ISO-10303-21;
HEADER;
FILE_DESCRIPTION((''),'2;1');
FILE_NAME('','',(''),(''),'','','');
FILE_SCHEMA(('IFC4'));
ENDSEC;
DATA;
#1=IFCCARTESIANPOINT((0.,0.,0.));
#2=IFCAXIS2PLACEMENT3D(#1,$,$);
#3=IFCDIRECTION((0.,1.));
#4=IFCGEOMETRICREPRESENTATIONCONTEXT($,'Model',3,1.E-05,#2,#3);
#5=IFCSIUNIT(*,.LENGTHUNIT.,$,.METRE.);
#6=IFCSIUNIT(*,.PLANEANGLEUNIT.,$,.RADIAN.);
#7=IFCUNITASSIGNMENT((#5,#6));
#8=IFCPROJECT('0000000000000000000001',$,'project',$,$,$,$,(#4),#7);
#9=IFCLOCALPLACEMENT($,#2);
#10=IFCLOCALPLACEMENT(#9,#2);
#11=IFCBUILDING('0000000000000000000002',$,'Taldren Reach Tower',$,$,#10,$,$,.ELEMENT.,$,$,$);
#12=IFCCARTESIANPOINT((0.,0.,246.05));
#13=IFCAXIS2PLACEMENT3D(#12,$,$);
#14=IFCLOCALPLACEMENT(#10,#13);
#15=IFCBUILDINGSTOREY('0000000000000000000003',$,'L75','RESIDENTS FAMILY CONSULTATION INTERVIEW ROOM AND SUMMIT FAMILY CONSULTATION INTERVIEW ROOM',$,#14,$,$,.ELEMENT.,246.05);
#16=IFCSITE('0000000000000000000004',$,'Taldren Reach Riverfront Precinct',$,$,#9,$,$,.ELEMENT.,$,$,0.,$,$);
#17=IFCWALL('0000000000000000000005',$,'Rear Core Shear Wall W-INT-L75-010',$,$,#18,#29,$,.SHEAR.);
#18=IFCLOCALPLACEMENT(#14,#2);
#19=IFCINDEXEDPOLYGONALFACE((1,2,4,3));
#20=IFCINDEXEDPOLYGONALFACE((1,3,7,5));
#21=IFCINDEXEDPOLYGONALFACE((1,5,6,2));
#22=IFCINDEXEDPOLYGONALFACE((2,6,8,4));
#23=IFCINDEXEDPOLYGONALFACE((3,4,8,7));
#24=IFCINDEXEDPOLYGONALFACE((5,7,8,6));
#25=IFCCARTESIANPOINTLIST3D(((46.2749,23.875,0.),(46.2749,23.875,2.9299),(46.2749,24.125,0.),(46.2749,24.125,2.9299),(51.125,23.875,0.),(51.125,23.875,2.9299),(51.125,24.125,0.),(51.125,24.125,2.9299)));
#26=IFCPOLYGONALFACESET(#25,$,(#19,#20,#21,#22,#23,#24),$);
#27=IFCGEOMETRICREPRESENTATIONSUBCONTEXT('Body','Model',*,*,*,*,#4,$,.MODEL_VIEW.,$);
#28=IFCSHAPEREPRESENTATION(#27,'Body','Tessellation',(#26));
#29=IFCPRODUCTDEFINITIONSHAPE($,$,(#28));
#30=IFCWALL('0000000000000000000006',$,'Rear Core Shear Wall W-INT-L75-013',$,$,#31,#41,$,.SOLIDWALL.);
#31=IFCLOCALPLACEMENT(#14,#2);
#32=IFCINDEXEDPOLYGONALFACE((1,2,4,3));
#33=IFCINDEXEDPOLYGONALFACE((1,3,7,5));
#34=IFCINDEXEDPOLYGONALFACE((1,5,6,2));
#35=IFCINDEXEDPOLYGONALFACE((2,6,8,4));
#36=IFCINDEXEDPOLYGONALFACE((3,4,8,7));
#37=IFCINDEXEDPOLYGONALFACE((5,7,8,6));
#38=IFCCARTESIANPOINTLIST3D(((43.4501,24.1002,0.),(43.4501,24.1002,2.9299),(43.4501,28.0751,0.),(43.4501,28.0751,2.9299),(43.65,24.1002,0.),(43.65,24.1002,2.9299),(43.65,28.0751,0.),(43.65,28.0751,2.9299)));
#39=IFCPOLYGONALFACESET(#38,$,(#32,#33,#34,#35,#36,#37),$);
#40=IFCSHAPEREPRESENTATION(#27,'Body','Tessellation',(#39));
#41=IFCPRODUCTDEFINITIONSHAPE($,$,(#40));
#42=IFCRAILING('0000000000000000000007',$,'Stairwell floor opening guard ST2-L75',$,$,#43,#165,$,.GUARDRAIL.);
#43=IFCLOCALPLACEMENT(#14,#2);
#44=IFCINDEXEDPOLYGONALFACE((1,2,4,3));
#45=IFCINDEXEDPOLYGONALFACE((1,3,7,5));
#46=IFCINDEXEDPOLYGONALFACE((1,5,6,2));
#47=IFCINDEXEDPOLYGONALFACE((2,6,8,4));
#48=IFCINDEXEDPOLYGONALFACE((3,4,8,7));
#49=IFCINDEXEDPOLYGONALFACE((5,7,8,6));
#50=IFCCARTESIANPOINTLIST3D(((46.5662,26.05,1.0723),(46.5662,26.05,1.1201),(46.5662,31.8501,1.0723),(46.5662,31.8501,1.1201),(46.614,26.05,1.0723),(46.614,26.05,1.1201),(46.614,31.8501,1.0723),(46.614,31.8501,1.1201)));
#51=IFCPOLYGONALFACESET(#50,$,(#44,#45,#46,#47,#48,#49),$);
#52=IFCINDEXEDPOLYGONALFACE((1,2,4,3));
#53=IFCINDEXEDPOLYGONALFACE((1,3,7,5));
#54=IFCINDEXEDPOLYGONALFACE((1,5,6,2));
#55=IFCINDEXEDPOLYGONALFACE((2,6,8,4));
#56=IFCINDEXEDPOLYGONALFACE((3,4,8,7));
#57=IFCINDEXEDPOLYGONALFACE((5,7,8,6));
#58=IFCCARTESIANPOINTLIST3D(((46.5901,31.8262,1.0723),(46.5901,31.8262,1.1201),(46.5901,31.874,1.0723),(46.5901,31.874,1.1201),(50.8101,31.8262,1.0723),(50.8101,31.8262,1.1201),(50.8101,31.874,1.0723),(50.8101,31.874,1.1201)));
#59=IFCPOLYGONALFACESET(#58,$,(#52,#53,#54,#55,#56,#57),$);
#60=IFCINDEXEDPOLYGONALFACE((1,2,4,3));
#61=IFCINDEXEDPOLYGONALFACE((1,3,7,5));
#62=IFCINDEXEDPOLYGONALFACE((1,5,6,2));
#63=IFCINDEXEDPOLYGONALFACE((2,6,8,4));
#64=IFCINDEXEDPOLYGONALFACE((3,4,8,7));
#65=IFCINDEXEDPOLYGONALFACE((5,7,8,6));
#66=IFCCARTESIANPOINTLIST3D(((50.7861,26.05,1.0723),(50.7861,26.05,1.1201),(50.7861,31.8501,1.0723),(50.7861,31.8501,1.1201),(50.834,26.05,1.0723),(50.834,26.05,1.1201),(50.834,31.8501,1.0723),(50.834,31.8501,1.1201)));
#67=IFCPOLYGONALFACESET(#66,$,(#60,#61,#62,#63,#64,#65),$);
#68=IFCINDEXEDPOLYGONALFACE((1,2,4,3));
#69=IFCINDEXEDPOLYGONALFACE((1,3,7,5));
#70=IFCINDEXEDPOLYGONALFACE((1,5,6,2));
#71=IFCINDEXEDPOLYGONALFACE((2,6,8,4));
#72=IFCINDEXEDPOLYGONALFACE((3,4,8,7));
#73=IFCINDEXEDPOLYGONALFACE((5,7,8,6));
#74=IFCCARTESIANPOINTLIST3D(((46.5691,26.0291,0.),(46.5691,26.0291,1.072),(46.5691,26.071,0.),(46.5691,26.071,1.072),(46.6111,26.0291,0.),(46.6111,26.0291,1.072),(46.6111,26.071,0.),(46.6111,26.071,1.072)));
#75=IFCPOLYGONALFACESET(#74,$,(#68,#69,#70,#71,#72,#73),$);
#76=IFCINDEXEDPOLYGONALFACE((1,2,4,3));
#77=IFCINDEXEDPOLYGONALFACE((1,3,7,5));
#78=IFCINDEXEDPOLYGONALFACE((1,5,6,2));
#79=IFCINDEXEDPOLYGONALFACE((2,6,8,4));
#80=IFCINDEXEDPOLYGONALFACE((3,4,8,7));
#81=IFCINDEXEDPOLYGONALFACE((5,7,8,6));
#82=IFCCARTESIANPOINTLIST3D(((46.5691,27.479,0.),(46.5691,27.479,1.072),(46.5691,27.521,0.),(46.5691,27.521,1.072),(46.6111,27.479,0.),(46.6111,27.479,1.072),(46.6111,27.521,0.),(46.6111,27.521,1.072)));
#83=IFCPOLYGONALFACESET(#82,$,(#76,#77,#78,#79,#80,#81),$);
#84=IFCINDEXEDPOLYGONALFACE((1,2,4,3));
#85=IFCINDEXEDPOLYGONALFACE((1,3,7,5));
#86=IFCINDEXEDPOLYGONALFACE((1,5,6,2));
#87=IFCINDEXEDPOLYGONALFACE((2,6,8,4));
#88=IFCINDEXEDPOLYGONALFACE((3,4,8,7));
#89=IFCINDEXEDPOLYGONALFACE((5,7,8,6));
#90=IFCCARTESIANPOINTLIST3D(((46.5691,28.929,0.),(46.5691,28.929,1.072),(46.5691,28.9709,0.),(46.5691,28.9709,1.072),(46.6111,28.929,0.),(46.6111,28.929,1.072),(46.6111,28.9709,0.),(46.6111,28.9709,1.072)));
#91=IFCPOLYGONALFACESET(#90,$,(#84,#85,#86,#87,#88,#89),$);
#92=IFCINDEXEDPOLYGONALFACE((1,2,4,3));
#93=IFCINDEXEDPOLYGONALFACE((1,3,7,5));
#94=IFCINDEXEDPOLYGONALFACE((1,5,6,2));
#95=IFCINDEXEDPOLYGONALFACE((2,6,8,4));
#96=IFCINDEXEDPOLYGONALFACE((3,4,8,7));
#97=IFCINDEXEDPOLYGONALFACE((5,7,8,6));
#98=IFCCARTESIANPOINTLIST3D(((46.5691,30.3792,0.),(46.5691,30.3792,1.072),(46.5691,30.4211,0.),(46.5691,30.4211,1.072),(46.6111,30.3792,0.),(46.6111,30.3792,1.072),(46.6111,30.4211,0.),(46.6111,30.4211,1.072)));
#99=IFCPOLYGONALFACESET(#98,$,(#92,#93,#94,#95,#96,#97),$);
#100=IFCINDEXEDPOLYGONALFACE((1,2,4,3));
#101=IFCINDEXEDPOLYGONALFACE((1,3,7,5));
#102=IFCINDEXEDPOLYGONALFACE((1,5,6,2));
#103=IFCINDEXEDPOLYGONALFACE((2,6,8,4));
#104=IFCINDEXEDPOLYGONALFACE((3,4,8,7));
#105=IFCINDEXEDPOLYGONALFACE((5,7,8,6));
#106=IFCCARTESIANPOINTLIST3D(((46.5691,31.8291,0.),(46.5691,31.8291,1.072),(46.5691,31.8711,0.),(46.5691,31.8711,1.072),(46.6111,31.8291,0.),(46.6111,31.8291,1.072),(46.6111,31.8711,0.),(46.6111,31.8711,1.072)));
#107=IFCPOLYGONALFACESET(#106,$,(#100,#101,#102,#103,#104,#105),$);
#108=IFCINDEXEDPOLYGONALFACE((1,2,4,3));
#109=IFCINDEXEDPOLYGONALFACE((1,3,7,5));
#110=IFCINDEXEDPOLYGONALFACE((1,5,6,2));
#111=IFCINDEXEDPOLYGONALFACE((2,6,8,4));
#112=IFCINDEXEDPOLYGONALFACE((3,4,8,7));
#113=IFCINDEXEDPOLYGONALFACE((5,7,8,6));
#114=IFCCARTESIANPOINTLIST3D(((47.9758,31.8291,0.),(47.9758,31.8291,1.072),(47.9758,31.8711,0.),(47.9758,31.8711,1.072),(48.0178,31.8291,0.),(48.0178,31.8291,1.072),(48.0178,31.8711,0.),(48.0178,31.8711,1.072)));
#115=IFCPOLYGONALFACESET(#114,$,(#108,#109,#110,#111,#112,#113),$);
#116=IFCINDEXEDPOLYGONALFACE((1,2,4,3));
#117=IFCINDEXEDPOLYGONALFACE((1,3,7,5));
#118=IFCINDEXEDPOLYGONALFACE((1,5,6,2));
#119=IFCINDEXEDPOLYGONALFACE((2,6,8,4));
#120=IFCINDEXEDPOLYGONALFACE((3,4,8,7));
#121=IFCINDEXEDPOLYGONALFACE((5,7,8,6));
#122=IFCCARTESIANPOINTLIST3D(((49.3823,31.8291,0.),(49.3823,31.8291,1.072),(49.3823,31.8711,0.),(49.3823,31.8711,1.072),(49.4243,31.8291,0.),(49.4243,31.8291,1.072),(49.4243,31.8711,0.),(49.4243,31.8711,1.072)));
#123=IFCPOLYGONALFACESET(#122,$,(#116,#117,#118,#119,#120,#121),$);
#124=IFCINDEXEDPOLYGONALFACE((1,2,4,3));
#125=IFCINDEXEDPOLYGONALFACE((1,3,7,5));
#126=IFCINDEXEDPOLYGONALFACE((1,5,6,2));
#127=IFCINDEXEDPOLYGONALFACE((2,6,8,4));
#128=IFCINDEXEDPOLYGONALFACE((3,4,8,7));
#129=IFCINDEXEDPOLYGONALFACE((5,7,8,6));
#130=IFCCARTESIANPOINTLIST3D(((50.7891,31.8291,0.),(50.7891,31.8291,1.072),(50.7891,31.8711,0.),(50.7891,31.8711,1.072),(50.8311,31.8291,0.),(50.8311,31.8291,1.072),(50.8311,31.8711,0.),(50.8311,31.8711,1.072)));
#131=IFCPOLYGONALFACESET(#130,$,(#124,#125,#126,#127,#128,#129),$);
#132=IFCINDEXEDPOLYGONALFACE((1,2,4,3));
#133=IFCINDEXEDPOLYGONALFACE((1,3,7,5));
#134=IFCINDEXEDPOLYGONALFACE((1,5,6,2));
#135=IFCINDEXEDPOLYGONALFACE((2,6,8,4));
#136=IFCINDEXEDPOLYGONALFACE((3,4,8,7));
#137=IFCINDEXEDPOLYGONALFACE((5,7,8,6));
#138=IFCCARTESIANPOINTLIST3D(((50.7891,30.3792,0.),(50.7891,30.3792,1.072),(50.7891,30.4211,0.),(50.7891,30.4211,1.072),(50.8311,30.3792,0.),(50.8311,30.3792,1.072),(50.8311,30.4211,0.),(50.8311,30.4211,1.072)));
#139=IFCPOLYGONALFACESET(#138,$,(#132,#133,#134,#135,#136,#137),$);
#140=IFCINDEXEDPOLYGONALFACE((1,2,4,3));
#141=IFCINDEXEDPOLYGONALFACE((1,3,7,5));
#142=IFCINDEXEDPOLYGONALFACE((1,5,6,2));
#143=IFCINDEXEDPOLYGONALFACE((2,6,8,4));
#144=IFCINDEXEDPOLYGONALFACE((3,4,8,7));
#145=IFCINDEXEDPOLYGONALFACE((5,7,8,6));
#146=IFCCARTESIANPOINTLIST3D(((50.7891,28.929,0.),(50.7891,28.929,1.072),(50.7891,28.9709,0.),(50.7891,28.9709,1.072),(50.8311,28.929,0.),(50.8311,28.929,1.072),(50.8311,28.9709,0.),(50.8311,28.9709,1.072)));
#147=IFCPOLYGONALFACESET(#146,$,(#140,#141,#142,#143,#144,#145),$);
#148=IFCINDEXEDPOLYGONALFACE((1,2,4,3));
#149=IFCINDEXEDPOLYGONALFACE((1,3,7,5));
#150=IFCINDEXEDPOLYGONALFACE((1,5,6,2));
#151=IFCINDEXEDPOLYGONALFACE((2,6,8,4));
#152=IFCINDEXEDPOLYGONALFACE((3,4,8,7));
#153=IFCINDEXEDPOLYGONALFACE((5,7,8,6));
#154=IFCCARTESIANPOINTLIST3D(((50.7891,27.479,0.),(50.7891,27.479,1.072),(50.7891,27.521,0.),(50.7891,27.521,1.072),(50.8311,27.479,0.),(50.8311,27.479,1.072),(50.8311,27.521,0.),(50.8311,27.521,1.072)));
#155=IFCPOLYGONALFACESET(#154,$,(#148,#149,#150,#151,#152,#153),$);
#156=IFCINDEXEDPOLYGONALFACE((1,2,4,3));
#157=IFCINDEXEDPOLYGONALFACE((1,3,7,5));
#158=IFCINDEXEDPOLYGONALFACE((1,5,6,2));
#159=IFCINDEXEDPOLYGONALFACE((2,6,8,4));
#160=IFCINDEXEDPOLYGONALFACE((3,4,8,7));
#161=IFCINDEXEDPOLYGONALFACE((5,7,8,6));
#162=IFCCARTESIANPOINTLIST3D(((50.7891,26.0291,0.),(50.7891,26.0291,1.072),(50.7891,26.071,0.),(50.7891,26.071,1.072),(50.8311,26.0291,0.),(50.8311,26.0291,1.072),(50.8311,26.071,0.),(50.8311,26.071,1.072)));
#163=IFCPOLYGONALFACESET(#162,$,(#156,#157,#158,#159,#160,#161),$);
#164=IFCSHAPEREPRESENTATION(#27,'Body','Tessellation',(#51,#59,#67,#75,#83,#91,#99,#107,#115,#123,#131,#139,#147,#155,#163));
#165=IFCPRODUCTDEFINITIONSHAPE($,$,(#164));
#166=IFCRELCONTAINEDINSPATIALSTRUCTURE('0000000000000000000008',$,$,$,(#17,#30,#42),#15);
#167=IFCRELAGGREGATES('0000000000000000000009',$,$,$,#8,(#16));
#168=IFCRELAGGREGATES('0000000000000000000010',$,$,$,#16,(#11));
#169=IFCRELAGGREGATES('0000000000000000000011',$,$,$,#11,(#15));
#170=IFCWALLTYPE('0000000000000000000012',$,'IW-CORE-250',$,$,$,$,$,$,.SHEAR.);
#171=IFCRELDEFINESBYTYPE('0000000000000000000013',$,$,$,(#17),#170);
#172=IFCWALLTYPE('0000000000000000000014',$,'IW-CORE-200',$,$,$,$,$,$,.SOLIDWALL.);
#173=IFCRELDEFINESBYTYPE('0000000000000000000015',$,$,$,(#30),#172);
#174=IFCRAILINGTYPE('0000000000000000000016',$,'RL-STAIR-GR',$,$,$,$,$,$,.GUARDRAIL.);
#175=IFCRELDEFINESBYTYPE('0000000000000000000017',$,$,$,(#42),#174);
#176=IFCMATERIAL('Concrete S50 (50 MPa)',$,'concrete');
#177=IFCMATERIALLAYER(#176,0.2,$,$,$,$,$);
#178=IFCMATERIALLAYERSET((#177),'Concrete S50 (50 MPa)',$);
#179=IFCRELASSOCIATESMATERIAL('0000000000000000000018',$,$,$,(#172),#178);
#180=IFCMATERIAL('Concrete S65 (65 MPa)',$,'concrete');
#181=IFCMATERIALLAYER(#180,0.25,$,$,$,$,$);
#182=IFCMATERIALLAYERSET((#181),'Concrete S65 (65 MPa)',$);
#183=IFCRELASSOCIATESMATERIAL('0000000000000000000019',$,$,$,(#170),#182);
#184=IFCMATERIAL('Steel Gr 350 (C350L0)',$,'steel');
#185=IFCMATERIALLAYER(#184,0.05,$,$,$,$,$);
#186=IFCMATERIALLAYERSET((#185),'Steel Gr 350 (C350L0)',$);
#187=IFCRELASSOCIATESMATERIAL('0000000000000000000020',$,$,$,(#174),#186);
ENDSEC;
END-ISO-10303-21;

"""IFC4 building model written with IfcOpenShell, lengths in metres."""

from ifc_helpers import new_model, si_unit, direction, frame, frame_2d, origin, origin_2d, place, context, subcontext, project, spatial, rectangle, extrude, source, transform, mapped, material, layer, layer_set, type_object, element, save


model = new_model("IFC4")

# Units and contexts
model_context = context("Model", 3, precision=1e-05, world=origin(), true_north=direction((0.0, 1.0)))
body_context = subcontext(model_context, "Body", "Model", "MODEL_VIEW")
ifc_project = project(units=[si_unit("LENGTHUNIT", "METRE"), si_unit("PLANEANGLEUNIT", "RADIAN")], contexts=[model_context])

# Site, building, storey
site_placement = place(None, origin())
site = spatial("IfcSite", under=ifc_project, at=site_placement, Name="Taldren Reach Riverfront Precinct", CompositionType="ELEMENT", RefElevation=0.0)
building_placement = place(site_placement, origin())
building = spatial("IfcBuilding", under=site, at=building_placement, Name="Taldren Reach Tower", CompositionType="ELEMENT")
storey_placement = place(building_placement, frame((0.0, 0.0, 246.05)))
storey = spatial("IfcBuildingStorey", under=building, at=storey_placement, Name="L75", Description="RESIDENTS FAMILY CONSULTATION INTERVIEW ROOM AND SUMMIT FAMILY CONSULTATION INTERVIEW ROOM", CompositionType="ELEMENT", Elevation=246.05)

# Shared definitions
ifc_material_1 = material(Name="Steel Gr 350 (C350L0)", Category="steel")

# Shared definitions
ifc_material_2 = material(Name="Concrete S50 (50 MPa)", Category="concrete")
ifc_layer_1 = layer(ifc_material_2, 0.2)
ifc_layer_set_1 = layer_set([ifc_layer_1], Name="Concrete S50 (50 MPa)")
wall_type_1 = type_object("IfcWallType", Name="IW-CORE-200", PredefinedType="SOLIDWALL", material=ifc_layer_set_1)

# Shared definitions
ifc_material_3 = material(Name="Concrete S65 (65 MPa)", Category="concrete")
ifc_layer_2 = layer(ifc_material_3, 0.25)
ifc_layer_set_2 = layer_set([ifc_layer_2], Name="Concrete S65 (65 MPa)")
wall_type_2 = type_object("IfcWallType", Name="IW-CORE-250", PredefinedType="SHEAR", material=ifc_layer_set_2)

# Wall
shared_shape_1 = source(origin(), body_context, "Body", "SweptSolid", [
    extrude(rectangle(XDim=4.8501, YDim=0.25, at=frame_2d((2.425, 0.0))), origin(), (0.0, 0.0, 1.0), 2.9299),
])
wall_1_placement = place(storey_placement, frame((46.2749, 24.0, 0.0), z_axis=(0.0, 0.0, 1.0), x_axis=(1.0, 0.0, 0.0)))
element("IfcWall", 1, at=wall_1_placement, inside=storey, type_object=wall_type_2, Name="Rear Core Shear Wall W-INT-L75-010", PredefinedType="SHEAR", context=body_context, shape_type="MappedRepresentation", body=[
    mapped(shared_shape_1, transform((0.0, 0.0, 0.0), scale=1.0)),
])

# Wall
shared_shape_2 = source(origin(), body_context, "Body", "SweptSolid", [
    extrude(rectangle(XDim=3.9749, YDim=0.2, at=frame_2d((1.9873, 0.0))), origin(), (0.0, 0.0, 1.0), 2.9299),
])
wall_2_placement = place(storey_placement, frame((43.55, 28.075, 0.0), z_axis=(0.0, 0.0, 1.0), x_axis=(0.0, -1.0, 0.0)))
element("IfcWall", 2, at=wall_2_placement, inside=storey, type_object=wall_type_1, Name="Rear Core Shear Wall W-INT-L75-013", PredefinedType="SOLIDWALL", context=body_context, shape_type="MappedRepresentation", body=[
    mapped(shared_shape_2, transform((0.0, 0.0, 0.0), scale=1.0)),
])

# Railing
ifc_layer_3 = layer(ifc_material_1, 0.05)
ifc_layer_set_3 = layer_set([ifc_layer_3], Name="Steel Gr 350 (C350L0)")
railing_type = type_object("IfcRailingType", Name="RL-STAIR-GR", PredefinedType="GUARDRAIL", material=ifc_layer_set_3)
railing_placement = place(storey_placement, frame((46.5901, 26.05, 0.0)))
element("IfcRailing", 3, at=railing_placement, inside=storey, type_object=railing_type, Name="Stairwell floor opening guard ST2-L75", PredefinedType="GUARDRAIL", context=body_context, shape_type="SweptSolid", body=[
    extrude(rectangle(XDim=0.0479, YDim=0.0479, at=origin_2d()), frame((0.0, 0.0, 1.0962), z_axis=(0.0, 1.0, 0.0), x_axis=(-1.0, 0.0, 0.0)), (0.0, 0.0, 1.0), 5.8),
    extrude(rectangle(XDim=0.0479, YDim=0.0479, at=origin_2d()), frame((0.0, 5.8, 1.0962), z_axis=(1.0, 0.0, 0.0), x_axis=(0.0, 1.0, 0.0)), (0.0, 0.0, 1.0), 4.22),
    extrude(rectangle(XDim=0.0479, YDim=0.0479, at=origin_2d()), frame((4.22, 5.8, 1.0962), z_axis=(0.0, -1.0, 0.0), x_axis=(1.0, 0.0, 0.0)), (0.0, 0.0, 1.0), 5.8),
    extrude(rectangle(XDim=0.042, YDim=0.042, at=origin_2d()), origin(), (0.0, 0.0, 1.0), 1.072),
    extrude(rectangle(XDim=0.042, YDim=0.042, at=origin_2d()), frame((0.0, 1.45, 0.0)), (0.0, 0.0, 1.0), 1.072),
    extrude(rectangle(XDim=0.042, YDim=0.042, at=origin_2d()), frame((0.0, 2.8999, 0.0)), (0.0, 0.0, 1.0), 1.072),
    extrude(rectangle(XDim=0.042, YDim=0.042, at=origin_2d()), frame((0.0, 4.3501, 0.0)), (0.0, 0.0, 1.0), 1.072),
    extrude(rectangle(XDim=0.042, YDim=0.042, at=origin_2d()), frame((0.0, 5.8, 0.0)), (0.0, 0.0, 1.0), 1.072),
    extrude(rectangle(XDim=0.042, YDim=0.042, at=origin_2d()), frame((1.4067, 5.8, 0.0)), (0.0, 0.0, 1.0), 1.072),
    extrude(rectangle(XDim=0.042, YDim=0.042, at=origin_2d()), frame((2.8132, 5.8, 0.0)), (0.0, 0.0, 1.0), 1.072),
    extrude(rectangle(XDim=0.042, YDim=0.042, at=origin_2d()), frame((4.22, 5.8, 0.0)), (0.0, 0.0, 1.0), 1.072),
    extrude(rectangle(XDim=0.042, YDim=0.042, at=origin_2d()), frame((4.22, 4.3501, 0.0)), (0.0, 0.0, 1.0), 1.072),
    extrude(rectangle(XDim=0.042, YDim=0.042, at=origin_2d()), frame((4.22, 2.8999, 0.0)), (0.0, 0.0, 1.0), 1.072),
    extrude(rectangle(XDim=0.042, YDim=0.042, at=origin_2d()), frame((4.22, 1.45, 0.0)), (0.0, 0.0, 1.0), 1.072),
    extrude(rectangle(XDim=0.042, YDim=0.042, at=origin_2d()), frame((4.22, 0.0, 0.0)), (0.0, 0.0, 1.0), 1.072),
])

save(model, "model.ifc")
